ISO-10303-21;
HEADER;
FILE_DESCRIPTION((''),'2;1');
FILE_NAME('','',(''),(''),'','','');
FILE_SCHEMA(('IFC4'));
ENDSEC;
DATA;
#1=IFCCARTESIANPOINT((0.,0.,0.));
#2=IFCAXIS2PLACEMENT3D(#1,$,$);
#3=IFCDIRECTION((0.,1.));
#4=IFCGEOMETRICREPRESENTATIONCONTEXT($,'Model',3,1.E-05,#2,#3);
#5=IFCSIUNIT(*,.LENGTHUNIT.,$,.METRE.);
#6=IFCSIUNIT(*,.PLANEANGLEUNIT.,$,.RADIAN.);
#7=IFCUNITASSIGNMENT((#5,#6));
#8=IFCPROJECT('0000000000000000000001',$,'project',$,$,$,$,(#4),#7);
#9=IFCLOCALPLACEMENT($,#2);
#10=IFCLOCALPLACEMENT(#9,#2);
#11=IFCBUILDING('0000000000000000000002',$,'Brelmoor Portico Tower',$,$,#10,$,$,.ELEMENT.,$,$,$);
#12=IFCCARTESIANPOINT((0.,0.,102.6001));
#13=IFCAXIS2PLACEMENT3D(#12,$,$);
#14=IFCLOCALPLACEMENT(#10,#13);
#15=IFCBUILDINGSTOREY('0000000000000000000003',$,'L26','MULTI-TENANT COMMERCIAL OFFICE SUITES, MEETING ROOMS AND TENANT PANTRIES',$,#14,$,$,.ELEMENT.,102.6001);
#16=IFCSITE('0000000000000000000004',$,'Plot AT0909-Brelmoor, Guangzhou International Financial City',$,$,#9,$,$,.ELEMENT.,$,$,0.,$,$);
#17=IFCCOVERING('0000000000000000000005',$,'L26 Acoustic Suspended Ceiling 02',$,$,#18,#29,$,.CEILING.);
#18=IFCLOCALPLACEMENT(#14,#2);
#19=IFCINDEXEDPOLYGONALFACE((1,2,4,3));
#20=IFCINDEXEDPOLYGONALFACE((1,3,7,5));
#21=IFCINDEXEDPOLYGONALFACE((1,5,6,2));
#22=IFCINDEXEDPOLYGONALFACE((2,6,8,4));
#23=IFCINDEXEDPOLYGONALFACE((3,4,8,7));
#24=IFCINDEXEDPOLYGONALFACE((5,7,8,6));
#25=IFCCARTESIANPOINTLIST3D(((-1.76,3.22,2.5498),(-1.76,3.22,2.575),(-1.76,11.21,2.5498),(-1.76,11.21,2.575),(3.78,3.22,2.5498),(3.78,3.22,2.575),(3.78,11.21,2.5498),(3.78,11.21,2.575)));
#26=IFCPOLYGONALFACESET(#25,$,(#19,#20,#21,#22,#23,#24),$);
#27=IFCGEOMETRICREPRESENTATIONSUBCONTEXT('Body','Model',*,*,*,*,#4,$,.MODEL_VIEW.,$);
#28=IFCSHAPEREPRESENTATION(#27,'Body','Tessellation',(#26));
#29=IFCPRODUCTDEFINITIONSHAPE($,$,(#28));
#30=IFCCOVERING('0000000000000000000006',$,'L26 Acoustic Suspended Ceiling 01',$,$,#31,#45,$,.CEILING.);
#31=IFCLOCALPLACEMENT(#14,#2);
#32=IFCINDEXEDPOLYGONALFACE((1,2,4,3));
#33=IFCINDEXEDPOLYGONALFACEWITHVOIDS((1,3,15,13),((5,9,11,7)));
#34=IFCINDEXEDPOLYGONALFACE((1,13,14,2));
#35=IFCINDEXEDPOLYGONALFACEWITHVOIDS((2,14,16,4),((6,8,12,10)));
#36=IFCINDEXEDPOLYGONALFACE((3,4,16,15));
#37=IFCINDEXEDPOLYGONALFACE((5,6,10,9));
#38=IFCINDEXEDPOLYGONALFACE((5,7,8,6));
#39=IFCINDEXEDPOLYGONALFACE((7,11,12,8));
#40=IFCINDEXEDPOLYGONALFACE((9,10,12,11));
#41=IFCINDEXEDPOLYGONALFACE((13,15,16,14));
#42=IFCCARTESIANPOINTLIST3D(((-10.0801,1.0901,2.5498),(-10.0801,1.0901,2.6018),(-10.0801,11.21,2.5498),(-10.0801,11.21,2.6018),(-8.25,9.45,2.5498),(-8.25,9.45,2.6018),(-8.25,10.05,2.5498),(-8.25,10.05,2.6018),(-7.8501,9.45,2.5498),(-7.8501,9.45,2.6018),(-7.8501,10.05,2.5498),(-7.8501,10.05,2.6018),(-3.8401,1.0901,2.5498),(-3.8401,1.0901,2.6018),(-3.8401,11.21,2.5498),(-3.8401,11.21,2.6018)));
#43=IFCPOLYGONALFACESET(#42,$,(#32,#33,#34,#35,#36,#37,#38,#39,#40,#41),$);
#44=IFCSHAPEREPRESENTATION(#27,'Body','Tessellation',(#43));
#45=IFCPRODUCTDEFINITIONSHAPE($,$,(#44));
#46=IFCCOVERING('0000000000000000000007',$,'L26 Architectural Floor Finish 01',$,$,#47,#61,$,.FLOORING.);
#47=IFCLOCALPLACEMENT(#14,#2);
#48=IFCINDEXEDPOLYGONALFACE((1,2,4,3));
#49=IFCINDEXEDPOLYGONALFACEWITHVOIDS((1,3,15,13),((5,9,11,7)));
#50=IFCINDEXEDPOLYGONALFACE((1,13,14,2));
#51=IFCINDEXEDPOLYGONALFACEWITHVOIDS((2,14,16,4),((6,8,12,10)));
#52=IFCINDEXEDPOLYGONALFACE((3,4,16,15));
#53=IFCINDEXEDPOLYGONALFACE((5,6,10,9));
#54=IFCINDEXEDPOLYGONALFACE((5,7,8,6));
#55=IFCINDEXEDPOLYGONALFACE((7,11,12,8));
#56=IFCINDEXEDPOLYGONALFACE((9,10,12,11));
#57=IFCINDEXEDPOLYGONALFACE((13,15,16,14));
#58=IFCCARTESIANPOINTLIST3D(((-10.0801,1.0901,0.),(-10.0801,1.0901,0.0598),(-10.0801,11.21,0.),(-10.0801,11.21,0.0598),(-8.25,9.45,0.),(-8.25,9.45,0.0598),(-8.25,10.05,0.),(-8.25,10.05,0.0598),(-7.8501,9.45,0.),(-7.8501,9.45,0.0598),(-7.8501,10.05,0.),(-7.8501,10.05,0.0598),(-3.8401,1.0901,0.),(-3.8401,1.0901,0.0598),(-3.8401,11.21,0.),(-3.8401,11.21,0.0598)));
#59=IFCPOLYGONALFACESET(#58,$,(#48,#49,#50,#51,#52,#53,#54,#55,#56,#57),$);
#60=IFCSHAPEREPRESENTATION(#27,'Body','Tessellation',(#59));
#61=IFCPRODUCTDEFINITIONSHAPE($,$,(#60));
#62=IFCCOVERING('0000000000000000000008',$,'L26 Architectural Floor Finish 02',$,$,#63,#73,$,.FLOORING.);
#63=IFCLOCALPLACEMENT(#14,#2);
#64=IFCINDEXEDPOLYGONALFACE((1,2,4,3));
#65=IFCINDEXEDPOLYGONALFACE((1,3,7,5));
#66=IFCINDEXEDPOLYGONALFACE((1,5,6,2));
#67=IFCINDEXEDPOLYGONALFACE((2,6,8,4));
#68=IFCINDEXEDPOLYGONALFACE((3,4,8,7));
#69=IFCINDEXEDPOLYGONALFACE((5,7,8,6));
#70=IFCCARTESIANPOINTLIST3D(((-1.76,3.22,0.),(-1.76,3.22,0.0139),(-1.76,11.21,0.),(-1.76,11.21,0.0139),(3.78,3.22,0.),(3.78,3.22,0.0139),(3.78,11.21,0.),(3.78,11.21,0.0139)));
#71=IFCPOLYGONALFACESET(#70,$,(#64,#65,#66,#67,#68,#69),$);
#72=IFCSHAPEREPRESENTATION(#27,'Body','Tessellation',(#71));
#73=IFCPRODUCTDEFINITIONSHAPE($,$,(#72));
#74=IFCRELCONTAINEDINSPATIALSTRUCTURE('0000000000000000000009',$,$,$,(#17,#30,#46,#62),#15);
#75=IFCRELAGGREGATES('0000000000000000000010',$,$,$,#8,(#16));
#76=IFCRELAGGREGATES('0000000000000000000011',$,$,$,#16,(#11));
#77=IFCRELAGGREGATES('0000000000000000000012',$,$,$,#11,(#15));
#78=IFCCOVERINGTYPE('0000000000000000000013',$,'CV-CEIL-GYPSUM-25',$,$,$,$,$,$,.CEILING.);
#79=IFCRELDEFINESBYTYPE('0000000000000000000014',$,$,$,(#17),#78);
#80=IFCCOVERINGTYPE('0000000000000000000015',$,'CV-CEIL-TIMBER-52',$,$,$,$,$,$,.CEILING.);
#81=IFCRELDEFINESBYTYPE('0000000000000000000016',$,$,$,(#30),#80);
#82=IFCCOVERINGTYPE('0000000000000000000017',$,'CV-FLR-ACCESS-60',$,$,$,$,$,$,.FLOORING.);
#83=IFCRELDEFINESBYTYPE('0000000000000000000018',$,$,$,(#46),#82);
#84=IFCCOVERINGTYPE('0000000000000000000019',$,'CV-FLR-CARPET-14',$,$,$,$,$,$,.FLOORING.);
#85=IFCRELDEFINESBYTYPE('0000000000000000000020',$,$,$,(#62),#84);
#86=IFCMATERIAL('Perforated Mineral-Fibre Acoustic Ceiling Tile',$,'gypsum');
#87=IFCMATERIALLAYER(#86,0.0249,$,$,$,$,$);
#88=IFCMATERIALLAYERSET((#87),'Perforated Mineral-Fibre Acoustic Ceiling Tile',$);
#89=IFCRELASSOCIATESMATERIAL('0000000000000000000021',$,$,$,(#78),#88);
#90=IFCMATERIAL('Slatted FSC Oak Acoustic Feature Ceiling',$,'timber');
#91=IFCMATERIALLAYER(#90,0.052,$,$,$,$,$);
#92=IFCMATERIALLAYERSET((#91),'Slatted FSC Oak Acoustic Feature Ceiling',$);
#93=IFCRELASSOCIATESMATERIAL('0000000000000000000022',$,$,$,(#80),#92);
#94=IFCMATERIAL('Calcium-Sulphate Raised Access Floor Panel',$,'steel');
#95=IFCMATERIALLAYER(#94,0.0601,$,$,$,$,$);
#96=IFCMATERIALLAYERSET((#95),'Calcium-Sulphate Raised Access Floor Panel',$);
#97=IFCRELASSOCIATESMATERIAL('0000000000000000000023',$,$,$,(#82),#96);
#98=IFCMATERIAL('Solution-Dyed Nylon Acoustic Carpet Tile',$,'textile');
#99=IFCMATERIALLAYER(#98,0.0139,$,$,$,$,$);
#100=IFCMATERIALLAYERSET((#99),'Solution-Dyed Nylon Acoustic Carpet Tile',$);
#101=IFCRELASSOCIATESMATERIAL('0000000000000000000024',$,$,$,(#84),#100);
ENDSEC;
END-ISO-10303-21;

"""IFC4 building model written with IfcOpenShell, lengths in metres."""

from ifc_helpers import new_model, si_unit, direction, frame, origin, place, context, subcontext, project, spatial, polyline, outline, extrude, material, layer, layer_set, type_object, element, save


model = new_model("IFC4")

# Units and contexts
model_context = context("Model", 3, precision=1e-05, world=origin(), true_north=direction((0.0, 1.0)))
body_context = subcontext(model_context, "Body", "Model", "MODEL_VIEW")
ifc_project = project(units=[si_unit("LENGTHUNIT", "METRE"), si_unit("PLANEANGLEUNIT", "RADIAN")], contexts=[model_context])

# Site, building, storey
site_placement = place(None, origin())
site = spatial("IfcSite", under=ifc_project, at=site_placement, Name="Plot AT0909-Brelmoor, Guangzhou International Financial City", CompositionType="ELEMENT", RefElevation=0.0)
building_placement = place(site_placement, origin())
building = spatial("IfcBuilding", under=site, at=building_placement, Name="Brelmoor Portico Tower", CompositionType="ELEMENT")
storey_placement = place(building_placement, frame((0.0, 0.0, 102.6001)))
storey = spatial("IfcBuildingStorey", under=building, at=storey_placement, Name="L26", Description="MULTI-TENANT COMMERCIAL OFFICE SUITES, MEETING ROOMS AND TENANT PANTRIES", CompositionType="ELEMENT", Elevation=102.6001)

# Coverings
ifc_material_1 = material(Name="Perforated Mineral-Fibre Acoustic Ceiling Tile", Category="gypsum")
ifc_layer_1 = layer(ifc_material_1, 0.0249)
ifc_layer_set_1 = layer_set([ifc_layer_1], Name="Perforated Mineral-Fibre Acoustic Ceiling Tile")
covering_type_1 = type_object("IfcCoveringType", Name="CV-CEIL-GYPSUM-25", PredefinedType="CEILING", material=ifc_layer_set_1)
covering_1_placement = place(storey_placement, frame((0.0, 0.0, 2.5498)))
element("IfcCovering", 1, at=covering_1_placement, inside=storey, type_object=covering_type_1, Name="L26 Acoustic Suspended Ceiling 02", PredefinedType="CEILING", context=body_context, shape_type="SweptSolid", body=[
    extrude(outline(polyline([(-1.76, 3.22), (-1.76, 11.21), (3.78, 11.21), (3.78, 3.22), (-1.76, 3.22)])), origin(), (0.0, 0.0, 1.0), 0.0251),
])
ifc_material_2 = material(Name="Slatted FSC Oak Acoustic Feature Ceiling", Category="timber")
ifc_layer_2 = layer(ifc_material_2, 0.052)
ifc_layer_set_2 = layer_set([ifc_layer_2], Name="Slatted FSC Oak Acoustic Feature Ceiling")
covering_type_2 = type_object("IfcCoveringType", Name="CV-CEIL-TIMBER-52", PredefinedType="CEILING", material=ifc_layer_set_2)
covering_2_placement = place(storey_placement, frame((0.0, 0.0, 2.5498)))
element("IfcCovering", 2, at=covering_2_placement, inside=storey, type_object=covering_type_2, Name="L26 Acoustic Suspended Ceiling 01", PredefinedType="CEILING", context=body_context, shape_type="SweptSolid", body=[
    extrude(outline(polyline([(-10.0801, 11.21), (-3.8401, 11.21), (-3.8401, 1.0901), (-10.0801, 1.0901), (-10.0801, 11.21)]), holes=[polyline([(-7.8501, 9.45), (-7.8501, 10.05), (-8.25, 10.05), (-8.25, 9.45), (-7.8501, 9.45)])]), origin(), (0.0, 0.0, 1.0), 0.052),
])
ifc_material_3 = material(Name="Calcium-Sulphate Raised Access Floor Panel", Category="steel")
ifc_layer_3 = layer(ifc_material_3, 0.0601)
ifc_layer_set_3 = layer_set([ifc_layer_3], Name="Calcium-Sulphate Raised Access Floor Panel")
covering_type_3 = type_object("IfcCoveringType", Name="CV-FLR-ACCESS-60", PredefinedType="FLOORING", material=ifc_layer_set_3)
covering_3_placement = place(storey_placement, origin())
element("IfcCovering", 3, at=covering_3_placement, inside=storey, type_object=covering_type_3, Name="L26 Architectural Floor Finish 01", PredefinedType="FLOORING", context=body_context, shape_type="SweptSolid", body=[
    extrude(outline(polyline([(-10.0801, 11.21), (-3.8401, 11.21), (-3.8401, 1.0901), (-10.0801, 1.0901), (-10.0801, 11.21)]), holes=[polyline([(-7.8501, 9.45), (-7.8501, 10.05), (-8.25, 10.05), (-8.25, 9.45), (-7.8501, 9.45)])]), origin(), (0.0, 0.0, 1.0), 0.0598),
])
ifc_material_4 = material(Name="Solution-Dyed Nylon Acoustic Carpet Tile", Category="textile")
ifc_layer_4 = layer(ifc_material_4, 0.0139)
ifc_layer_set_4 = layer_set([ifc_layer_4], Name="Solution-Dyed Nylon Acoustic Carpet Tile")
covering_type_4 = type_object("IfcCoveringType", Name="CV-FLR-CARPET-14", PredefinedType="FLOORING", material=ifc_layer_set_4)
covering_4_placement = place(storey_placement, origin())
element("IfcCovering", 4, at=covering_4_placement, inside=storey, type_object=covering_type_4, Name="L26 Architectural Floor Finish 02", PredefinedType="FLOORING", context=body_context, shape_type="SweptSolid", body=[
    extrude(outline(polyline([(-1.76, 3.22), (-1.76, 11.21), (3.78, 11.21), (3.78, 3.22), (-1.76, 3.22)])), origin(), (0.0, 0.0, 1.0), 0.0139),
])

save(model, "model.ifc")
